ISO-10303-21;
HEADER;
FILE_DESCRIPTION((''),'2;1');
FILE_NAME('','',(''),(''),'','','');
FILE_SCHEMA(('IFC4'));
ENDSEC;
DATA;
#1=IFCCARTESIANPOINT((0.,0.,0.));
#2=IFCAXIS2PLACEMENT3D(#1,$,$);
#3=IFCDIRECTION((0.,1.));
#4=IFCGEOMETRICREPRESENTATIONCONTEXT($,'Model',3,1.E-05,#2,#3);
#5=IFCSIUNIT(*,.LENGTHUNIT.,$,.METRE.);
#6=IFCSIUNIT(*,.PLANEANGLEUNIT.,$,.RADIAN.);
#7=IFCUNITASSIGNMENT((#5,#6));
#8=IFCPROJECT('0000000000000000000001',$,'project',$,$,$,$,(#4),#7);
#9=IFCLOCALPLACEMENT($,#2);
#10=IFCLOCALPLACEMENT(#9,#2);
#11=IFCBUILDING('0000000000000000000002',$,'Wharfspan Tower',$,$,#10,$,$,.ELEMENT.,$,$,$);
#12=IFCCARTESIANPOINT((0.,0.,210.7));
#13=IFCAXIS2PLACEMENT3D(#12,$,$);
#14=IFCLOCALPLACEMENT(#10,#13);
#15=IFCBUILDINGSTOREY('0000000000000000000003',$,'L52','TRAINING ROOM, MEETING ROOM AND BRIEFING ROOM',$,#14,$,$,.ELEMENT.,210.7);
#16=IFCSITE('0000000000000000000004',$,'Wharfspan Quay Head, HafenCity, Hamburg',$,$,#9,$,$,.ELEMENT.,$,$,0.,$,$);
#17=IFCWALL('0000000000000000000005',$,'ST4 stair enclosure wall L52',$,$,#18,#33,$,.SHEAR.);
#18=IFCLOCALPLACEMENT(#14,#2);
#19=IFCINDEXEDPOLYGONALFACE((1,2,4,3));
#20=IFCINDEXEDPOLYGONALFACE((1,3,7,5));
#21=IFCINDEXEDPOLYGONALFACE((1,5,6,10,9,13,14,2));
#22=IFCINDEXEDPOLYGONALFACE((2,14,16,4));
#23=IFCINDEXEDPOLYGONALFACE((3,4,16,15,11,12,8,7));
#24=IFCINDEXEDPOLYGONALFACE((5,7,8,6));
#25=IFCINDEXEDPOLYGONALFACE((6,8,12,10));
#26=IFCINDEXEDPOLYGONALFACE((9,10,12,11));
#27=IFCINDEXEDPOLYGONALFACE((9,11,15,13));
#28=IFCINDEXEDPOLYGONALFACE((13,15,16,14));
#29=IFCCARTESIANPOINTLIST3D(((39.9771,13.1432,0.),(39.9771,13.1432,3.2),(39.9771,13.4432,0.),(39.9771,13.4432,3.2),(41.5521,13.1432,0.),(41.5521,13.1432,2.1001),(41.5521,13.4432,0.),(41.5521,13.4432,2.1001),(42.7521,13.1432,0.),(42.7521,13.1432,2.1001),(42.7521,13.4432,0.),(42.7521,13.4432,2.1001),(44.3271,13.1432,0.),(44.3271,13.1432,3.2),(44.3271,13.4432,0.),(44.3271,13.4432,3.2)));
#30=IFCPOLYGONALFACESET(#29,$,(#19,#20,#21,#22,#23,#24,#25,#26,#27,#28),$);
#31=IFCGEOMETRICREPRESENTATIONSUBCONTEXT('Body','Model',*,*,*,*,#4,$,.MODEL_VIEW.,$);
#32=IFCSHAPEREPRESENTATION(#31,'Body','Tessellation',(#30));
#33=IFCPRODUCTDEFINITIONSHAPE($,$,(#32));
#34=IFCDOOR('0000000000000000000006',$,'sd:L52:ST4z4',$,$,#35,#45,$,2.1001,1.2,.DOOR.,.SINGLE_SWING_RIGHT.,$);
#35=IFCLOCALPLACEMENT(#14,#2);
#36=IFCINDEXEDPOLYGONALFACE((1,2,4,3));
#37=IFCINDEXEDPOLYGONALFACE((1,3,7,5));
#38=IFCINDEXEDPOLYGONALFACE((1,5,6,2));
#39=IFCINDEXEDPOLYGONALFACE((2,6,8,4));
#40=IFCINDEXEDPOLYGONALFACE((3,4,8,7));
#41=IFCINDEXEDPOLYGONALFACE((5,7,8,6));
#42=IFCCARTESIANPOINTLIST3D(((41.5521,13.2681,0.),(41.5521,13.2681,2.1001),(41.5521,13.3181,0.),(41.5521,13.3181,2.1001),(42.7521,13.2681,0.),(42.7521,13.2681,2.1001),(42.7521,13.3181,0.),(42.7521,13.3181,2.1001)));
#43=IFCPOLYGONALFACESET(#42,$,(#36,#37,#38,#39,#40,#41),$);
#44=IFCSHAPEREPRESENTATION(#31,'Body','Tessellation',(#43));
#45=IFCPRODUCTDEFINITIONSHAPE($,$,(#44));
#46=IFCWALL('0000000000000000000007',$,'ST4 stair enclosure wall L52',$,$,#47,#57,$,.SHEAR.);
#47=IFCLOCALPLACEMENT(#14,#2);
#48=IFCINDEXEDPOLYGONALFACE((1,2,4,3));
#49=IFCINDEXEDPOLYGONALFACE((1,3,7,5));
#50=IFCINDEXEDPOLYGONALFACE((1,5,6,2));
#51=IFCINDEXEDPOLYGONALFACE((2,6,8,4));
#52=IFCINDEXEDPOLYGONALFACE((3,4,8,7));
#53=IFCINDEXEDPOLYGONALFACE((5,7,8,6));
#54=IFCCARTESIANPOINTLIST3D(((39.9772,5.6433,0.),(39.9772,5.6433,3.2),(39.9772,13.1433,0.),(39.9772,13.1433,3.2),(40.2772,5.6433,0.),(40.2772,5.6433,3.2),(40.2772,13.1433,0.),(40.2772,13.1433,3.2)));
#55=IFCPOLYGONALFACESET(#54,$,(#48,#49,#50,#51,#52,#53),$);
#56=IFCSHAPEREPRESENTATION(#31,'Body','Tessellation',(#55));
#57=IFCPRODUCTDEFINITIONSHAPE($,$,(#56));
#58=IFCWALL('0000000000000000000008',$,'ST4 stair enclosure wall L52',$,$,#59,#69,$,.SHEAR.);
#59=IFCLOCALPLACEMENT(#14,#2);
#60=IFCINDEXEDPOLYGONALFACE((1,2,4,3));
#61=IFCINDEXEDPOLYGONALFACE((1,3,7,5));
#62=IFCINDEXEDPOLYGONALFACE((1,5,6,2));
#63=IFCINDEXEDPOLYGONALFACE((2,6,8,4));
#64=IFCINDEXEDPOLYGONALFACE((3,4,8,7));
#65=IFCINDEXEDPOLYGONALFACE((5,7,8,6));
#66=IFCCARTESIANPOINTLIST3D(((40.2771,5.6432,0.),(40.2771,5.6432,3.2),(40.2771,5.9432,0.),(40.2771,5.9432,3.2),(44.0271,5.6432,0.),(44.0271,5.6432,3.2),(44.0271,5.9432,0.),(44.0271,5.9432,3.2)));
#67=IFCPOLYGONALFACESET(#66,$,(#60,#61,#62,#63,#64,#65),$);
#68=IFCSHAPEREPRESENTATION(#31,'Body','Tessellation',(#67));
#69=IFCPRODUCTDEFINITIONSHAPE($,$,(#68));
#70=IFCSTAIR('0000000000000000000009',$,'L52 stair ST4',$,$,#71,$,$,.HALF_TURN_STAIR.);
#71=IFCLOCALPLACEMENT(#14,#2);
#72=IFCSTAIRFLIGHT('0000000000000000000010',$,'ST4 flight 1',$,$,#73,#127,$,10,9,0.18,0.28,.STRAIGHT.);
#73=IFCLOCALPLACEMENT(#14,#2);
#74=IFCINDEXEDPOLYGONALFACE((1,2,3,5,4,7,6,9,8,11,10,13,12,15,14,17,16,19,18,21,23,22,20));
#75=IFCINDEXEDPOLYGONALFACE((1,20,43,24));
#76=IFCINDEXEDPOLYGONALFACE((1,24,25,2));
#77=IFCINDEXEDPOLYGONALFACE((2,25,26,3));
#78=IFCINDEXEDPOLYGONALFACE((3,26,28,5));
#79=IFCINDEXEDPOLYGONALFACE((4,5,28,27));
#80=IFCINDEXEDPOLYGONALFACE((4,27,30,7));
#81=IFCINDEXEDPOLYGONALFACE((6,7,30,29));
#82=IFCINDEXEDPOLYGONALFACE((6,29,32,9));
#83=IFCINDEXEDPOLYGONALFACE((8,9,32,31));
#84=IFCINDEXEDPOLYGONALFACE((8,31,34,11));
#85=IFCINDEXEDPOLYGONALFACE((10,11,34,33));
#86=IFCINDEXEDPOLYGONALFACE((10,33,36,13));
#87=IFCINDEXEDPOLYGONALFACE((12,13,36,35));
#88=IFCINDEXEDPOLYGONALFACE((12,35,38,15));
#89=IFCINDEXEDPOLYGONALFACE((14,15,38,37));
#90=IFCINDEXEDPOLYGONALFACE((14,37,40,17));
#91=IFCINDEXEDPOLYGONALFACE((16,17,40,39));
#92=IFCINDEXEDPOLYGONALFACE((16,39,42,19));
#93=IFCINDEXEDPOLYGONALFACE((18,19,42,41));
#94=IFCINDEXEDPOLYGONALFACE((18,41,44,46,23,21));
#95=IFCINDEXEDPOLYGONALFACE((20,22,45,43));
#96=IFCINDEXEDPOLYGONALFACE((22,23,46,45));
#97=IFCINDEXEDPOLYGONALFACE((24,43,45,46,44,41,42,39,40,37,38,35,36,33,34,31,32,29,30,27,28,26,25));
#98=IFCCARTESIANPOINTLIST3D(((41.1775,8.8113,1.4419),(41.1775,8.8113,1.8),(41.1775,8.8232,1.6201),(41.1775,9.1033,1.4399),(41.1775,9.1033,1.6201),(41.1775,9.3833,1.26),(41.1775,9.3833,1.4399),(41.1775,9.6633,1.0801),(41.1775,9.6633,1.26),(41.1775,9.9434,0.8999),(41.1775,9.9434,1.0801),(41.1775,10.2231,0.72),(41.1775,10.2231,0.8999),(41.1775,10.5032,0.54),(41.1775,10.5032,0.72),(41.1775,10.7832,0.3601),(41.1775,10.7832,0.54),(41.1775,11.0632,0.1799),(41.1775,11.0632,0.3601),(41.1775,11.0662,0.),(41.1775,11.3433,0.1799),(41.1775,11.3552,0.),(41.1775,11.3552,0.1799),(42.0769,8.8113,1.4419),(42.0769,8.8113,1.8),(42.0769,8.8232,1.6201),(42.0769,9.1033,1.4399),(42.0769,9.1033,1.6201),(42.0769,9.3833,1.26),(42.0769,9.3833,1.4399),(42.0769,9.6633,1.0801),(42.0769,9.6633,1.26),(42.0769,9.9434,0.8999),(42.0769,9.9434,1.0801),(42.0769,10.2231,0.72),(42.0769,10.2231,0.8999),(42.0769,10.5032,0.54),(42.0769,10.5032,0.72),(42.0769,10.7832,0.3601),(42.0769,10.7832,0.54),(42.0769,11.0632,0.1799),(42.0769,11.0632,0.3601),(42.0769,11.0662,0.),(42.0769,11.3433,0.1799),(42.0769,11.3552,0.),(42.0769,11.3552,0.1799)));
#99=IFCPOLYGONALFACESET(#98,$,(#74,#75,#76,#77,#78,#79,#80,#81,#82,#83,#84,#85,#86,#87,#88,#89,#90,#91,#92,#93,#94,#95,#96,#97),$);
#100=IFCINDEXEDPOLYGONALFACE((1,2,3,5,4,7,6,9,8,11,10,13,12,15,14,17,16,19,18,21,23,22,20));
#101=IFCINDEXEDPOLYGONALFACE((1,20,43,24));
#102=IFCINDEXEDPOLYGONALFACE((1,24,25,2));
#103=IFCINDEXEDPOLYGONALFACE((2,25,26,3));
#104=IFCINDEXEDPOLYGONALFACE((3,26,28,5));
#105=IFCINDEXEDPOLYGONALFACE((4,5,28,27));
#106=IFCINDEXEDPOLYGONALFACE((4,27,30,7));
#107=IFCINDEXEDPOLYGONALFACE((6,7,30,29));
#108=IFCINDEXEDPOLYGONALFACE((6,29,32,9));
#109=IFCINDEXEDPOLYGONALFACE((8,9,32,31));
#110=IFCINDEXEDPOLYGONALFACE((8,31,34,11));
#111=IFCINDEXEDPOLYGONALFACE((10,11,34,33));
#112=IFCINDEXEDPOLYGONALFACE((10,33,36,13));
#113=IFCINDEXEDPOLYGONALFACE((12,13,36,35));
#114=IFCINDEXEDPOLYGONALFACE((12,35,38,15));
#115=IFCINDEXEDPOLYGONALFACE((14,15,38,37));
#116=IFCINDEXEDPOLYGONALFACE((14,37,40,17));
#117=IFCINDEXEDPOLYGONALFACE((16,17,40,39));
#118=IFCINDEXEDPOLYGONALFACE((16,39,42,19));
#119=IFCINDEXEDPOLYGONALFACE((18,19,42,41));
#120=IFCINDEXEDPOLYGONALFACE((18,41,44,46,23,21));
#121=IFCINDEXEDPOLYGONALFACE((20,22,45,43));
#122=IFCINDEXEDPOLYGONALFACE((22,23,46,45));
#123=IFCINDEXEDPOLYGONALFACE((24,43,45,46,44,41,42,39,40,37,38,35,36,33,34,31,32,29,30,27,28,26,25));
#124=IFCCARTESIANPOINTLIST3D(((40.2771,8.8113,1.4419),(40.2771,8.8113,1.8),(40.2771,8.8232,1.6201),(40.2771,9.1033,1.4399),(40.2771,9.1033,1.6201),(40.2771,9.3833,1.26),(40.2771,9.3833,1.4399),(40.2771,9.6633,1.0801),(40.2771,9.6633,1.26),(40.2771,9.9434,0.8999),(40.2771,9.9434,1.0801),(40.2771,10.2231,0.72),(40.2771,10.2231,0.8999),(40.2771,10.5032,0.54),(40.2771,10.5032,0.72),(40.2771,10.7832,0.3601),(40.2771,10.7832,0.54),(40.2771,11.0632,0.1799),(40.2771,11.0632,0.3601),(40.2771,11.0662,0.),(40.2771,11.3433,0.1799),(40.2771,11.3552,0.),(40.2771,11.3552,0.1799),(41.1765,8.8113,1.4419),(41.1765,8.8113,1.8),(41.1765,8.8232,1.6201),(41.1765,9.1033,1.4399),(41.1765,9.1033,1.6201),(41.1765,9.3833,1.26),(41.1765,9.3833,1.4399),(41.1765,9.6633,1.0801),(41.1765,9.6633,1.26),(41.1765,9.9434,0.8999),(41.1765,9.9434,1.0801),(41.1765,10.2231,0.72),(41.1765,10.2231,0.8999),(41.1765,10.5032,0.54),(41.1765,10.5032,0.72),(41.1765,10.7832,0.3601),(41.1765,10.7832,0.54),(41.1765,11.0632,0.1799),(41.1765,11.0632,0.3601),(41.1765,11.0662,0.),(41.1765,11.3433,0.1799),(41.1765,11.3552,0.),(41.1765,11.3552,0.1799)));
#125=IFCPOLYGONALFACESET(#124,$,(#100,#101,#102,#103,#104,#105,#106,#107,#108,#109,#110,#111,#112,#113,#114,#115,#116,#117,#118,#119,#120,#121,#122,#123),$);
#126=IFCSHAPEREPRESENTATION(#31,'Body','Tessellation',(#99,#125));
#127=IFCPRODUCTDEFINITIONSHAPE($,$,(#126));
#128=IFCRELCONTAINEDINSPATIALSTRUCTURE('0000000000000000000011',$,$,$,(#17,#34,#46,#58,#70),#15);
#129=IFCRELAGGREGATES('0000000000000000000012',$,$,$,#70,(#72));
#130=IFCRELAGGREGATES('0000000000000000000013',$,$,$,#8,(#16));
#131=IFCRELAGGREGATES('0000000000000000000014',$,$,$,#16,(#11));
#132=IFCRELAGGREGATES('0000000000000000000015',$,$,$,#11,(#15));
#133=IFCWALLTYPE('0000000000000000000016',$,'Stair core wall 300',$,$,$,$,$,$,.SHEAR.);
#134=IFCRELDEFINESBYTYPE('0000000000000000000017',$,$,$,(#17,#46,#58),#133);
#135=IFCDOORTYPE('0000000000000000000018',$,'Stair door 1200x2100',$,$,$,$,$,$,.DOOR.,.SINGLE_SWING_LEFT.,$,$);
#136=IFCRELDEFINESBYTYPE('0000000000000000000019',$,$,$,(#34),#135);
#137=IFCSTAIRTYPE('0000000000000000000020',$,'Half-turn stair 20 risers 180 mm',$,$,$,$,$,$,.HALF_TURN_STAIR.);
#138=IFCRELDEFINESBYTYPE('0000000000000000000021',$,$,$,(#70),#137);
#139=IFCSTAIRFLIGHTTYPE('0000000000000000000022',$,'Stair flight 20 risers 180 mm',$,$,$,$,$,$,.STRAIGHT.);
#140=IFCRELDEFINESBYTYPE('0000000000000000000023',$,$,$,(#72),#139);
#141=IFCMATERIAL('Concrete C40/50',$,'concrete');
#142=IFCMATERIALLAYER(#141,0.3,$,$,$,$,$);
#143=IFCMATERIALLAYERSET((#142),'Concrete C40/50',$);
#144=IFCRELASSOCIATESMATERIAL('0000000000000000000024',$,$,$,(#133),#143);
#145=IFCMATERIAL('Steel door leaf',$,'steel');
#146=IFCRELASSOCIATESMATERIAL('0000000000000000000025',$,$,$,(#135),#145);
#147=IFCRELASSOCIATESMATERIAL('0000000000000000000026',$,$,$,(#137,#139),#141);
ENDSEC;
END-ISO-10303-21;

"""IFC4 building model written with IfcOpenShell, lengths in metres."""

from ifc_helpers import new_model, si_unit, direction, frame, frame_2d, origin, place, context, subcontext, project, spatial, polyline, rectangle, outline, extrude, material, layer, layer_set, type_object, element, fill, aggregate, save


model = new_model("IFC4")

# Units and contexts
model_context = context("Model", 3, precision=1e-05, world=origin(), true_north=direction((0.0, 1.0)))
body_context = subcontext(model_context, "Body", "Model", "MODEL_VIEW")
ifc_project = project(units=[si_unit("LENGTHUNIT", "METRE"), si_unit("PLANEANGLEUNIT", "RADIAN")], contexts=[model_context])

# Site, building, storey
site_placement = place(None, origin())
site = spatial("IfcSite", under=ifc_project, at=site_placement, Name="Wharfspan Quay Head, HafenCity, Hamburg", CompositionType="ELEMENT", RefElevation=0.0)
building_placement = place(site_placement, origin())
building = spatial("IfcBuilding", under=site, at=building_placement, Name="Wharfspan Tower", CompositionType="ELEMENT")
storey_placement = place(building_placement, frame((0.0, 0.0, 210.7)))
storey = spatial("IfcBuildingStorey", under=building, at=storey_placement, Name="L52", Description="TRAINING ROOM, MEETING ROOM AND BRIEFING ROOM", CompositionType="ELEMENT", Elevation=210.7)

# Shared definitions
ifc_material_1 = material(Name="Concrete C40/50", Category="concrete")

# Wall, opening, door
ifc_layer_1 = layer(ifc_material_1, 0.3)
ifc_layer_set_1 = layer_set([ifc_layer_1], Name="Concrete C40/50")
wall_type_1 = type_object("IfcWallType", Name="Stair core wall 300", PredefinedType="SHEAR", material=ifc_layer_set_1)
wall_1_placement = place(storey_placement, frame((39.9771, 13.2932, 0.0), z_axis=(0.0, 0.0, 1.0), x_axis=(1.0, 0.0, 0.0)))
wall_1 = element("IfcWall", 1, at=wall_1_placement, inside=storey, type_object=wall_type_1, Name="ST4 stair enclosure wall L52", PredefinedType="SHEAR", context=body_context, shape_type="SweptSolid", body=[
    extrude(rectangle(XDim=4.3501, YDim=0.3, at=frame_2d((2.175, 0.0))), origin(), (0.0, 0.0, 1.0), 3.2),
])
opening_placement = place(wall_1_placement, frame((1.575, 0.0, 0.0)))
opening = element("IfcOpeningElement", 2, at=opening_placement, cuts=wall_1, PredefinedType="OPENING", context=body_context, shape_type="SweptSolid", body=[
    extrude(rectangle(XDim=1.2, YDim=2.1001, at=frame_2d((0.6001, 1.05))), frame((0.0, 0.1599, 0.0), z_axis=(0.0, -1.0, 0.0), x_axis=(1.0, 0.0, 0.0)), (0.0, 0.0, 1.0), 0.3201),
])
ifc_material_2 = material(Name="Steel door leaf", Category="steel")
door_type = type_object("IfcDoorType", Name="Stair door 1200x2100", OperationType="SINGLE_SWING_LEFT", PredefinedType="DOOR", material=ifc_material_2)
door_placement = place(opening_placement, origin())
door = element("IfcDoor", 3, at=door_placement, inside=storey, type_object=door_type, Name="sd:L52:ST4z4", OperationType="SINGLE_SWING_RIGHT", OverallHeight=2.1001, OverallWidth=1.2, PredefinedType="DOOR", context=body_context, shape_type="SweptSolid", body=[
    extrude(rectangle(XDim=1.2, YDim=2.1001, at=frame_2d((0.6001, 1.05))), frame((0.0, 0.0249, 0.0), z_axis=(0.0, -1.0, 0.0), x_axis=(1.0, 0.0, 0.0)), (0.0, 0.0, 1.0), 0.05),
])
fill(opening, door)

# Walls
wall_2_placement = place(storey_placement, frame((40.1272, 5.6433, 0.0), z_axis=(0.0, 0.0, 1.0), x_axis=(0.0, 1.0, 0.0)))
element("IfcWall", 4, at=wall_2_placement, inside=storey, type_object=wall_type_1, Name="ST4 stair enclosure wall L52", PredefinedType="SHEAR", context=body_context, shape_type="SweptSolid", body=[
    extrude(rectangle(XDim=7.5, YDim=0.3, at=frame_2d((3.75, 0.0))), origin(), (0.0, 0.0, 1.0), 3.2),
])
wall_3_placement = place(storey_placement, frame((40.2771, 5.7932, 0.0), z_axis=(0.0, 0.0, 1.0), x_axis=(1.0, 0.0, 0.0)))
element("IfcWall", 5, at=wall_3_placement, inside=storey, type_object=wall_type_1, Name="ST4 stair enclosure wall L52", PredefinedType="SHEAR", context=body_context, shape_type="SweptSolid", body=[
    extrude(rectangle(XDim=3.75, YDim=0.3, at=frame_2d((1.875, 0.0))), origin(), (0.0, 0.0, 1.0), 3.2),
])

# Stair, stair flight
stair_type = type_object("IfcStairType", Name="Half-turn stair 20 risers 180 mm", PredefinedType="HALF_TURN_STAIR", material=ifc_material_1)
stair_placement = place(storey_placement, origin())
stair = element("IfcStair", 6, at=stair_placement, inside=storey, type_object=stair_type, Name="L52 stair ST4", PredefinedType="HALF_TURN_STAIR")
stair_flight_type = type_object("IfcStairFlightType", Name="Stair flight 20 risers 180 mm", PredefinedType="STRAIGHT", material=ifc_material_1)
stair_flight_placement = place(storey_placement, frame((41.177, 11.3433, 0.0), z_axis=(0.0, 0.0, 1.0), x_axis=(0.0, -1.0, 0.0)))
stair_flight = element("IfcStairFlight", 7, at=stair_flight_placement, type_object=stair_flight_type, Name="ST4 flight 1", NumberOfRisers=10, NumberOfTreads=9, PredefinedType="STRAIGHT", RiserHeight=0.18, TreadLength=0.28, context=body_context, shape_type="SweptSolid", body=[
    extrude(outline(polyline([(-0.012, 0.0), (-0.012, 0.1799), (0.0, 0.1799), (0.28, 0.1799), (0.28, 0.3601), (0.5601, 0.3601), (0.5601, 0.54), (0.8401, 0.54), (0.8401, 0.72), (1.1201, 0.72), (1.1201, 0.8999), (1.3999, 0.8999), (1.3999, 1.0801), (1.6799, 1.0801), (1.6799, 1.26), (1.96, 1.26), (1.96, 1.4399), (2.24, 1.4399), (2.24, 1.6201), (2.52, 1.6201), (2.532, 1.8), (2.532, 1.4419), (0.2771, 0.0), (-0.012, 0.0)])), frame((0.0, 0.8999, 0.0), z_axis=(0.0, -1.0, 0.0), x_axis=(1.0, 0.0, 0.0)), (0.0, 0.0, 1.0), 0.8994),
    extrude(outline(polyline([(-0.012, 0.0), (-0.012, 0.1799), (0.0, 0.1799), (0.28, 0.1799), (0.28, 0.3601), (0.5601, 0.3601), (0.5601, 0.54), (0.8401, 0.54), (0.8401, 0.72), (1.1201, 0.72), (1.1201, 0.8999), (1.3999, 0.8999), (1.3999, 1.0801), (1.6799, 1.0801), (1.6799, 1.26), (1.96, 1.26), (1.96, 1.4399), (2.24, 1.4399), (2.24, 1.6201), (2.52, 1.6201), (2.532, 1.8), (2.532, 1.4419), (0.2771, 0.0), (-0.012, 0.0)])), frame((0.0, -0.0005, 0.0), z_axis=(0.0, -1.0, 0.0), x_axis=(1.0, 0.0, 0.0)), (0.0, 0.0, 1.0), 0.8994),
])
aggregate(stair, [stair_flight])

save(model, "model.ifc")
